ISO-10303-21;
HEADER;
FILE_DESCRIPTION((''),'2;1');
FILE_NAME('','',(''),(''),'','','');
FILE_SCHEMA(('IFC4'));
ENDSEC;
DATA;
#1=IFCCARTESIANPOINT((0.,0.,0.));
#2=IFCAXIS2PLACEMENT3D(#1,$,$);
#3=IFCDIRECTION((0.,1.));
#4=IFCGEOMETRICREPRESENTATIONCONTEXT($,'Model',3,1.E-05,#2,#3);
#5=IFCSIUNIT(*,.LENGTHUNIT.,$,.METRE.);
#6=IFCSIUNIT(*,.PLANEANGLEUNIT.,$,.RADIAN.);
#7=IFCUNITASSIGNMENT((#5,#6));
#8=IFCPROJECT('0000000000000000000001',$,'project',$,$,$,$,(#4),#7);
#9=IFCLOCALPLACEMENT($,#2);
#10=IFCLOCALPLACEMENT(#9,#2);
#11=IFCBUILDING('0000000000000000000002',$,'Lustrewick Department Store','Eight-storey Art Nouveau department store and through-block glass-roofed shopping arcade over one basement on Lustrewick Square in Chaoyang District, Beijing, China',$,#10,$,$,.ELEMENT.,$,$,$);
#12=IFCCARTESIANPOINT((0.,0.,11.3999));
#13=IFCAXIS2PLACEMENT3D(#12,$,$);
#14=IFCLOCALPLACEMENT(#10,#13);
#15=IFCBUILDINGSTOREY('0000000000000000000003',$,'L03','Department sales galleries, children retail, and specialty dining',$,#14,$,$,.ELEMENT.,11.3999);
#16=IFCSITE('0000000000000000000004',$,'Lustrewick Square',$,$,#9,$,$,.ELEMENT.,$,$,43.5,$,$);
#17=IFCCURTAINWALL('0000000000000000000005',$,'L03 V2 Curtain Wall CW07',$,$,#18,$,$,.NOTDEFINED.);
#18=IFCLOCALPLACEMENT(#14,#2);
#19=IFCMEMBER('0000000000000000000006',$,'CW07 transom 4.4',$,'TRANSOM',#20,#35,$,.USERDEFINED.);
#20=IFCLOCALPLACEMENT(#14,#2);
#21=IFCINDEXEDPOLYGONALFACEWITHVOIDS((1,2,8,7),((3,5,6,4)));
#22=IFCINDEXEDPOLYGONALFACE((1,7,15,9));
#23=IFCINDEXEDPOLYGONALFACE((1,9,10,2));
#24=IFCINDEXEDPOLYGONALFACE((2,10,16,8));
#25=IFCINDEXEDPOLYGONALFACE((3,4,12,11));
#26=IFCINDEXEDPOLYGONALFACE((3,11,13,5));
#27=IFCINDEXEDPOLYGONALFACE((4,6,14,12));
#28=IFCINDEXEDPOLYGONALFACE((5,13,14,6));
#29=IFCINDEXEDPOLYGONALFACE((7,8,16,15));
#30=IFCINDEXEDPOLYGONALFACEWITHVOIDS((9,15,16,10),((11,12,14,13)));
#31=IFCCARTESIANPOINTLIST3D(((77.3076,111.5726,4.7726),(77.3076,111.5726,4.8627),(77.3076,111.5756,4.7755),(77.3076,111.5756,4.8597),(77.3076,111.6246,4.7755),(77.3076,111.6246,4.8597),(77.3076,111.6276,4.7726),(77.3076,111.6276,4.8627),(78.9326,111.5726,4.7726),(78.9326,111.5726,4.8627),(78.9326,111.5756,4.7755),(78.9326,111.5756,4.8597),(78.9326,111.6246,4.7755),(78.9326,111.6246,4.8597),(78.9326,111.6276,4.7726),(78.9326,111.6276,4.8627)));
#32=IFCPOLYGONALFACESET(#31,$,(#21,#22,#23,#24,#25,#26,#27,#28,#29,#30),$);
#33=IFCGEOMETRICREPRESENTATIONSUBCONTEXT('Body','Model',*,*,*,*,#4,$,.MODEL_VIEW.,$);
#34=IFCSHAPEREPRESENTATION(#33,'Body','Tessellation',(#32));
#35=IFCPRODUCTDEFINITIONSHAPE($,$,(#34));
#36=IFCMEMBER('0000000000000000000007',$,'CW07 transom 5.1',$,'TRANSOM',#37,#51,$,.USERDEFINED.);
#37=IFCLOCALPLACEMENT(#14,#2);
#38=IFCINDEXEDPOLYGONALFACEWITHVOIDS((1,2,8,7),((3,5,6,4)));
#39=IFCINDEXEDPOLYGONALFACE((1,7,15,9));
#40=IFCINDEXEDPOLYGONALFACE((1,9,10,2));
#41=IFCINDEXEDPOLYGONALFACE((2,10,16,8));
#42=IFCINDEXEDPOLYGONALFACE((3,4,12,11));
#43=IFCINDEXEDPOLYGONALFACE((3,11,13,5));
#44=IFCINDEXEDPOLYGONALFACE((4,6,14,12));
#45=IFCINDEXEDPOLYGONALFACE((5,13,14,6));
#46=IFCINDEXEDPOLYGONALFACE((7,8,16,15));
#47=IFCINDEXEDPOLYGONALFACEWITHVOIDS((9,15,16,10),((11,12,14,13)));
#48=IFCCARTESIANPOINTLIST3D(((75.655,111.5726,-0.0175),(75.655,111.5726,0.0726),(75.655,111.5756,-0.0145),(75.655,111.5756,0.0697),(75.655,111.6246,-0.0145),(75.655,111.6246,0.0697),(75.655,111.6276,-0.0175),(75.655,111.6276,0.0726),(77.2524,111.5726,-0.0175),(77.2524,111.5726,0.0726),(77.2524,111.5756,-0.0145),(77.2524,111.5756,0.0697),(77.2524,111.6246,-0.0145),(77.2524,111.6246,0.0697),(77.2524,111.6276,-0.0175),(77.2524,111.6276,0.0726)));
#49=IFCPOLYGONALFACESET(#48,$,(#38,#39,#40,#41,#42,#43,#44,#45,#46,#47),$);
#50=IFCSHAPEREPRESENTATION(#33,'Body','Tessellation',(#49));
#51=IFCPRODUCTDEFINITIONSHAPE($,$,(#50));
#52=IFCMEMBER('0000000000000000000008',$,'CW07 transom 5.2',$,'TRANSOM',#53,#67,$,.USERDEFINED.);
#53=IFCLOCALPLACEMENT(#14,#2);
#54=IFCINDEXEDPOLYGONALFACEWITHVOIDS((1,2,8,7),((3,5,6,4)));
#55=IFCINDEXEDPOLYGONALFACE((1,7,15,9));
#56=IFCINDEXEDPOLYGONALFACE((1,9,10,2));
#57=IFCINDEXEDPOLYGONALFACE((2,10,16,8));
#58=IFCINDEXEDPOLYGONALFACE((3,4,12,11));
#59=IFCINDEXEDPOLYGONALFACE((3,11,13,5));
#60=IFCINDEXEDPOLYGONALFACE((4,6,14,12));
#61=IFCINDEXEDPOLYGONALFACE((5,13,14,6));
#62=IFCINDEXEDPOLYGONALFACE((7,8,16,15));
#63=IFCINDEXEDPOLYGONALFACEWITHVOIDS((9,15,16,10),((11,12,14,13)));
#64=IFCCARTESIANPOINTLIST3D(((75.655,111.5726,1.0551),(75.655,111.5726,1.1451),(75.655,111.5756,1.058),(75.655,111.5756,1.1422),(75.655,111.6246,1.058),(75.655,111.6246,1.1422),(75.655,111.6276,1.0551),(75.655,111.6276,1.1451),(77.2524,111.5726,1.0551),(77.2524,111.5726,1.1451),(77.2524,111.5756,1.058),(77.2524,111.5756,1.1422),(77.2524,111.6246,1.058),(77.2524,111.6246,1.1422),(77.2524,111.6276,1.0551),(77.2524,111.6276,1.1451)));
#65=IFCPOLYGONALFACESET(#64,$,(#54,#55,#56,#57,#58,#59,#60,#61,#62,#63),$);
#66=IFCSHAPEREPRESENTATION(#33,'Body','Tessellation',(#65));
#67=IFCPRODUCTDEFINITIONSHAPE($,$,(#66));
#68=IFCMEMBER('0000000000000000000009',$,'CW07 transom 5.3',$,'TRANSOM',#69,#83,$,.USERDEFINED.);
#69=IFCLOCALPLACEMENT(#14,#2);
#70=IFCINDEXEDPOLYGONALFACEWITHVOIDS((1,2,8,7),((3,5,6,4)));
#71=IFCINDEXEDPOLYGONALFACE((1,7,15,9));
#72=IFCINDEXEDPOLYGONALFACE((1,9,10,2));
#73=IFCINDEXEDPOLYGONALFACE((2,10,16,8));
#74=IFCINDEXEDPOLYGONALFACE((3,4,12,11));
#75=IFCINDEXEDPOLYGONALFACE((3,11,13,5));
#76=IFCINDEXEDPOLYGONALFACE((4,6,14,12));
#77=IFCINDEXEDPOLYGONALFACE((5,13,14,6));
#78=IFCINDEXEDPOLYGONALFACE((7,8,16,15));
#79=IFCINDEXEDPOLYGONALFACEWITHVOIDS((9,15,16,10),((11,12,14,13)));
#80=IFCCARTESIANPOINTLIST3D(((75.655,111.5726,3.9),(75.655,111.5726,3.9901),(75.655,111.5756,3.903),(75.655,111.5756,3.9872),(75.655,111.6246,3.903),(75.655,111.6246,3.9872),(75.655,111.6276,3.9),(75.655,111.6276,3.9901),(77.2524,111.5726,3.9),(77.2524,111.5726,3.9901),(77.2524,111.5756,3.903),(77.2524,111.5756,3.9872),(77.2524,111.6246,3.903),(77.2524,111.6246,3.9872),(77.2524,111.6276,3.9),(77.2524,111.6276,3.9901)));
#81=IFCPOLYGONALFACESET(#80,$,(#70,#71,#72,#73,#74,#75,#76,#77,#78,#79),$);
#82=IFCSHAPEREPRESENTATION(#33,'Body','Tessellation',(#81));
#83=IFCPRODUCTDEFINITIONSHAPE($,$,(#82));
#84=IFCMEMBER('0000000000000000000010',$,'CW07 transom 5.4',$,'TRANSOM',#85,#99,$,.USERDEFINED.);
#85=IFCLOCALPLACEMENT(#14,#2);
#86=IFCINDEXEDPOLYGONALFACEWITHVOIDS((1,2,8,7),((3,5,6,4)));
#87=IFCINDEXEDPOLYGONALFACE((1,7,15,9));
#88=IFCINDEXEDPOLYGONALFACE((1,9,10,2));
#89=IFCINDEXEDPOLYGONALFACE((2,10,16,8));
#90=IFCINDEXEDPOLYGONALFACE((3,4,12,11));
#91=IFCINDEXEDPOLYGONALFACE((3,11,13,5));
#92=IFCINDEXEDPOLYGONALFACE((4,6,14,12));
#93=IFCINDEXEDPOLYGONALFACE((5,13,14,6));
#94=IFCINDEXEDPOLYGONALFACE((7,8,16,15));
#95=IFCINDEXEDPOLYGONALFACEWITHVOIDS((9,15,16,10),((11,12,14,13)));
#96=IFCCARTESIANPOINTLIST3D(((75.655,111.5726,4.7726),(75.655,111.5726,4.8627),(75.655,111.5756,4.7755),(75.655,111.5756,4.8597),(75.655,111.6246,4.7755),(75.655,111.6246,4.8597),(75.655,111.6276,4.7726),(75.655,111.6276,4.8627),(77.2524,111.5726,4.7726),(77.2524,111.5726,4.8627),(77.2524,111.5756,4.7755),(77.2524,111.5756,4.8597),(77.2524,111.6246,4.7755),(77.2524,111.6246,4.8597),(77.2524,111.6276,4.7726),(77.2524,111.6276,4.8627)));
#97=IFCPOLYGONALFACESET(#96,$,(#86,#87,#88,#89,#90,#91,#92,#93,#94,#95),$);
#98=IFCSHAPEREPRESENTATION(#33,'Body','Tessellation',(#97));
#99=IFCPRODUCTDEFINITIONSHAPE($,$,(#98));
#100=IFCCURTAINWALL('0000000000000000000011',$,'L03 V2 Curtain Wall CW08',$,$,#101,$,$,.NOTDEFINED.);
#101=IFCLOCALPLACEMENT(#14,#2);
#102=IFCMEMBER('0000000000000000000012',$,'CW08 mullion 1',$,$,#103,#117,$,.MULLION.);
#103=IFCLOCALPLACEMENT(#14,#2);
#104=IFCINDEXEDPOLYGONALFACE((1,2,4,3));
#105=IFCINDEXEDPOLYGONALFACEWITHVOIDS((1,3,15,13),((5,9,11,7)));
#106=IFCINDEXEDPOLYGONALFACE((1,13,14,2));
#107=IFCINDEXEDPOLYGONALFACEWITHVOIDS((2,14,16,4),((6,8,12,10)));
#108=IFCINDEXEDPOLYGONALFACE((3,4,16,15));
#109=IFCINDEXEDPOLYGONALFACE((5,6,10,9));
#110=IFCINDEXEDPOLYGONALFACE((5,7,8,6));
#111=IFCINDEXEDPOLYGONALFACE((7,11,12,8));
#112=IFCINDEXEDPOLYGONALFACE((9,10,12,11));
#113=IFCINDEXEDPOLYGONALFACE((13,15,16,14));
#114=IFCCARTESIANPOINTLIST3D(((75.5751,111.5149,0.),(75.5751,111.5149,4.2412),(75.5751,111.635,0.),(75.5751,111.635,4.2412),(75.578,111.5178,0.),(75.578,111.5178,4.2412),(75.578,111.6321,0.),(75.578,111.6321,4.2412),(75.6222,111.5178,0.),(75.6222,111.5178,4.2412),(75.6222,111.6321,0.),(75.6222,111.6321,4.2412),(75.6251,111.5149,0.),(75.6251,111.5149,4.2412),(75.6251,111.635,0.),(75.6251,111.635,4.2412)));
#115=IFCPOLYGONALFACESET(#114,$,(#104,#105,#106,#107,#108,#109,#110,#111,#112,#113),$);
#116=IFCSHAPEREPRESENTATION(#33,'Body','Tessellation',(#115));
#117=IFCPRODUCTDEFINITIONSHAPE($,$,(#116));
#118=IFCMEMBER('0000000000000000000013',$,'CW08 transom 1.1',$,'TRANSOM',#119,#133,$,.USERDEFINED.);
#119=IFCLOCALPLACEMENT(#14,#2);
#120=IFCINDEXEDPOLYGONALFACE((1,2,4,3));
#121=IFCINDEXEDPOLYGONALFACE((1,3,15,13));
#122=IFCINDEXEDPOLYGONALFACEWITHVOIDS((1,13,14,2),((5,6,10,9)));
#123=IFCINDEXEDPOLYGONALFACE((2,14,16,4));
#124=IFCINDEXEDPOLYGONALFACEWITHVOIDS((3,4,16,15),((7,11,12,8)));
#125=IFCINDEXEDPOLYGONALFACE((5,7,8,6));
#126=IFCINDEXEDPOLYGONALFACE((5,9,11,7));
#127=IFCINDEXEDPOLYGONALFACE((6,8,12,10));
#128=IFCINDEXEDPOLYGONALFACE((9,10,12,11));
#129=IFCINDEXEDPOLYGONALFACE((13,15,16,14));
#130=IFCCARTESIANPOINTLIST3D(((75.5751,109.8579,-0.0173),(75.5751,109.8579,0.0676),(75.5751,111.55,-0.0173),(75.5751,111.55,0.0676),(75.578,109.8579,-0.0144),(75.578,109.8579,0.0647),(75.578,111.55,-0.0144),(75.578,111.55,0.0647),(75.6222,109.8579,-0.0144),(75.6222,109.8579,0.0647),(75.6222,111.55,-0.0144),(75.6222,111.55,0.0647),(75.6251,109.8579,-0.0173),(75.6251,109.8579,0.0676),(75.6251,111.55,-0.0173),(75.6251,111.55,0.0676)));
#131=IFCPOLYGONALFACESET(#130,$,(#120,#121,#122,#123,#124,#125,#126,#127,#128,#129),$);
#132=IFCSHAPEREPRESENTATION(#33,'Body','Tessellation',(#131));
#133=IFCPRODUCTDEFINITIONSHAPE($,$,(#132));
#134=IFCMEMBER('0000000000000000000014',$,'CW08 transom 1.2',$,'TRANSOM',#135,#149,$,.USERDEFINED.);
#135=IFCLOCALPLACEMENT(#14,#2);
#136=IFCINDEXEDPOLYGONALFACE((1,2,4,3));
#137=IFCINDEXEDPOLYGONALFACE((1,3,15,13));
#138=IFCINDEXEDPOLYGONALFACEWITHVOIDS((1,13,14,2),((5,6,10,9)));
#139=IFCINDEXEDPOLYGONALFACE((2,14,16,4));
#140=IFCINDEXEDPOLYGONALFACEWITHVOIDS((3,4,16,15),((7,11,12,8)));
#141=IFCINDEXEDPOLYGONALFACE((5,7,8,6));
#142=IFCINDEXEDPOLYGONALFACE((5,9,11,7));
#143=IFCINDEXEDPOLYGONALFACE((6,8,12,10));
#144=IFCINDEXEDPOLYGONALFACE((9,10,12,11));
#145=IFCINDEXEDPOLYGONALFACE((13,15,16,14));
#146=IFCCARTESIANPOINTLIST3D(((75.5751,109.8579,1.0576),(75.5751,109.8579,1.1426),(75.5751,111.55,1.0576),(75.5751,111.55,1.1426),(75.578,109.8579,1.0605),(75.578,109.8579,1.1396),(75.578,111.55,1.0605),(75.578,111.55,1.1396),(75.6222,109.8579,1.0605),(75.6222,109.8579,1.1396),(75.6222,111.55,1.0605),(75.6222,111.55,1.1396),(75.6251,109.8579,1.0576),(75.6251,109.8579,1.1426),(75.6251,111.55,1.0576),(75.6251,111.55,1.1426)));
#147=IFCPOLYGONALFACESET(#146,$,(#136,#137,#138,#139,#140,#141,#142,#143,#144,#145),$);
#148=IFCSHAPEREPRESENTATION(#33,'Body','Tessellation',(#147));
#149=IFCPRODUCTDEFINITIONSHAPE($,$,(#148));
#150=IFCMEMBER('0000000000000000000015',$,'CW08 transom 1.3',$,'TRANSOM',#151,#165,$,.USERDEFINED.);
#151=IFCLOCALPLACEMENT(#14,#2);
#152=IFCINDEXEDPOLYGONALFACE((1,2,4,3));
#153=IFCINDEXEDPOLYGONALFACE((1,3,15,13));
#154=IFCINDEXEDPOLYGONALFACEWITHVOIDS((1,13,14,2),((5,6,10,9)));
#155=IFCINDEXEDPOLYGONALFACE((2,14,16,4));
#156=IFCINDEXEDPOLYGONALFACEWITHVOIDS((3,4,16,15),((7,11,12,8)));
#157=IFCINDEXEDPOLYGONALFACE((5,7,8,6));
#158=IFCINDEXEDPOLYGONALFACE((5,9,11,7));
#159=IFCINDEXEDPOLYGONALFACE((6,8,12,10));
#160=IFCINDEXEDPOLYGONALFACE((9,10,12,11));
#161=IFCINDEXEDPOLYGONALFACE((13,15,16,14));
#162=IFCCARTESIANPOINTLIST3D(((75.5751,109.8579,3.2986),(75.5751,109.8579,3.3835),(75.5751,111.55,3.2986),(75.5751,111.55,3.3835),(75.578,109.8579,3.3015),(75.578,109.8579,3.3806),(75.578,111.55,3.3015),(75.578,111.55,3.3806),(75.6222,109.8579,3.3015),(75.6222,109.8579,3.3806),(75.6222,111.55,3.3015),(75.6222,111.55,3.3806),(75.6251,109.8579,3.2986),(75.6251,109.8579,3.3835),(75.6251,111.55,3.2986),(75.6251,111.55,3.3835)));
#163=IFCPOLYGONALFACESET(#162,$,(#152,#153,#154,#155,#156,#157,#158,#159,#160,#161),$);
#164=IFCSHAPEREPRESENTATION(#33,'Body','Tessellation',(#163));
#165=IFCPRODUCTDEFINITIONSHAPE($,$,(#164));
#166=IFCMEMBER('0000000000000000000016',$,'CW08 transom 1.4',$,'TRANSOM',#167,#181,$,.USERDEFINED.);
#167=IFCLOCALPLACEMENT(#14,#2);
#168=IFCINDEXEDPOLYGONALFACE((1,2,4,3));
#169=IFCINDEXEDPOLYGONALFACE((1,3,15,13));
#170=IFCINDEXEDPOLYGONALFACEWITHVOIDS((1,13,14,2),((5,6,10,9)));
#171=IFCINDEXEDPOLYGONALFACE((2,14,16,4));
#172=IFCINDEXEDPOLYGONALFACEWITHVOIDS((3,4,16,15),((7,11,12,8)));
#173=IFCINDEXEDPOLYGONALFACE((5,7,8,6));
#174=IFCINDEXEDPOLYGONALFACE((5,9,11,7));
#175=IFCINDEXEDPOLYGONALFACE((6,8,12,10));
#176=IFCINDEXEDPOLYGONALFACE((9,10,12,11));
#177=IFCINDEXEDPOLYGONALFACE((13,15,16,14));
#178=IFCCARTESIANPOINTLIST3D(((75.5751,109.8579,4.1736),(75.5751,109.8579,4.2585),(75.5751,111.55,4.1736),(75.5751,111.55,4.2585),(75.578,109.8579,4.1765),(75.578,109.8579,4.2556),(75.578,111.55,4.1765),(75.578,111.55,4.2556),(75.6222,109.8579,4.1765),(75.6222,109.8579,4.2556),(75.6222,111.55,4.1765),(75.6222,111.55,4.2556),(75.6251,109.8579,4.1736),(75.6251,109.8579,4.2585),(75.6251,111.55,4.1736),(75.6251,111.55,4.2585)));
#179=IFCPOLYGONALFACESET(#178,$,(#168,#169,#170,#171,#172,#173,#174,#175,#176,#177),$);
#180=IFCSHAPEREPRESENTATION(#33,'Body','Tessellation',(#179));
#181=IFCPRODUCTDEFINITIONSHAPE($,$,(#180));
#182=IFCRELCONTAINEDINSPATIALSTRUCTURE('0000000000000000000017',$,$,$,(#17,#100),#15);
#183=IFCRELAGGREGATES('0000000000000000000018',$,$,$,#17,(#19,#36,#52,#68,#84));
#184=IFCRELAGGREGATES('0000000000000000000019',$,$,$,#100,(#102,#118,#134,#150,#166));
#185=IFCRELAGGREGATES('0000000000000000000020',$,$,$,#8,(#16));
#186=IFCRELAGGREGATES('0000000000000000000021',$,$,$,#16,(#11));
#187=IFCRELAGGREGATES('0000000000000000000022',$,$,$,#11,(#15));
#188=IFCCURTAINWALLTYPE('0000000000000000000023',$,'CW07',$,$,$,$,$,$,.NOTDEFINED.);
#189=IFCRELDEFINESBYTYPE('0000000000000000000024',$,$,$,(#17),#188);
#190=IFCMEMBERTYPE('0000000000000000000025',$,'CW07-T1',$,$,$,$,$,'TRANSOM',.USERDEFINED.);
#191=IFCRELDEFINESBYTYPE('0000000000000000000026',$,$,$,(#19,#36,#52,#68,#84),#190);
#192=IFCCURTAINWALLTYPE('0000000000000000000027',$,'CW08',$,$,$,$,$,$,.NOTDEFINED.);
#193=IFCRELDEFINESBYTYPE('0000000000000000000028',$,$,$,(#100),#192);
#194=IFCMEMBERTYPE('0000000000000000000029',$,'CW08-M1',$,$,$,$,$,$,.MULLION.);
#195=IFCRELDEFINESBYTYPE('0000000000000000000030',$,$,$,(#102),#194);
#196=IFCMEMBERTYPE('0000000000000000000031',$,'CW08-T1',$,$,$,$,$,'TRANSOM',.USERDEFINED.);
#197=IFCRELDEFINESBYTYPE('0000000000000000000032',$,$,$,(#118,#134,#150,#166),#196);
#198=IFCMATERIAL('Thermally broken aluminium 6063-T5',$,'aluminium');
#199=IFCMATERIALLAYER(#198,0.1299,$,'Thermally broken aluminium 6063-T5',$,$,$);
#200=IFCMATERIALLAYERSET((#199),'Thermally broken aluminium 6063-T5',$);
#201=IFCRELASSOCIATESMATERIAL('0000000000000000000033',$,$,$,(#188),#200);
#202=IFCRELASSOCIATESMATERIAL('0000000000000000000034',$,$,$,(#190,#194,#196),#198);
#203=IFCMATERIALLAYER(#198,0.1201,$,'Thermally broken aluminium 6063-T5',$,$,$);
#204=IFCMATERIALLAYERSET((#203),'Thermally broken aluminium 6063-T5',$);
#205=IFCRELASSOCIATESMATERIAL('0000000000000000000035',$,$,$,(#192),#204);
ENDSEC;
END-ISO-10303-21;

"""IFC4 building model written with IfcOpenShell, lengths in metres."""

from ifc_helpers import new_model, si_unit, direction, frame, origin, origin_2d, place, context, subcontext, project, spatial, hollow_rectangle, extrude, material, layer, layer_set, material_profile, profile_set, type_object, element, aggregate, save


model = new_model("IFC4")

# Units and contexts
model_context = context("Model", 3, precision=1e-05, world=origin(), true_north=direction((0.0, 1.0)))
body_context = subcontext(model_context, "Body", "Model", "MODEL_VIEW")
ifc_project = project(units=[si_unit("LENGTHUNIT", "METRE"), si_unit("PLANEANGLEUNIT", "RADIAN")], contexts=[model_context])

# Site, building, storey
site_placement = place(None, origin())
site = spatial("IfcSite", under=ifc_project, at=site_placement, Name="Lustrewick Square", CompositionType="ELEMENT", RefElevation=43.5)
building_placement = place(site_placement, origin())
building = spatial("IfcBuilding", under=site, at=building_placement, Name="Lustrewick Department Store", Description="Eight-storey Art Nouveau department store and through-block glass-roofed shopping arcade over one basement on Lustrewick Square in Chaoyang District, Beijing, China", CompositionType="ELEMENT")
storey_placement = place(building_placement, frame((0.0, 0.0, 11.3999)))
storey = spatial("IfcBuildingStorey", under=building, at=storey_placement, Name="L03", Description="Department sales galleries, children retail, and specialty dining", CompositionType="ELEMENT", Elevation=11.3999)

# Curtain walls, members
ifc_material_1 = material(Name="Thermally broken aluminium 6063-T5", Category="aluminium")
ifc_layer_1 = layer(ifc_material_1, 0.1299, Name="Thermally broken aluminium 6063-T5")
ifc_layer_set_1 = layer_set([ifc_layer_1], Name="Thermally broken aluminium 6063-T5")
curtain_wall_type_1 = type_object("IfcCurtainWallType", Name="CW07", PredefinedType="NOTDEFINED", material=ifc_layer_set_1)
curtain_wall_1_placement = place(storey_placement, origin())
curtain_wall_1 = element("IfcCurtainWall", 1, at=curtain_wall_1_placement, inside=storey, type_object=curtain_wall_type_1, Name="L03 V2 Curtain Wall CW07", PredefinedType="NOTDEFINED")
ifc_material_profile_1 = material_profile(ifc_material_1, hollow_rectangle(XDim=0.0549, YDim=0.0901, WallThickness=0.0029, at=origin_2d()), Name="ALU-T 55x90x3")
ifc_profile_set_1 = profile_set([ifc_material_profile_1], Name="Thermally broken aluminium 6063-T5")
member_type_1 = type_object("IfcMemberType", Name="CW07-T1", ElementType="TRANSOM", PredefinedType="USERDEFINED", material=ifc_profile_set_1)
member_1_placement = place(storey_placement, frame((78.9326, 111.6001, 4.8176), z_axis=(-1.0, 0.0, 0.0), x_axis=(0.0, -1.0, 0.0)))
member_1 = element("IfcMember", 2, at=member_1_placement, type_object=member_type_1, Name="CW07 transom 4.4", ObjectType="TRANSOM", PredefinedType="USERDEFINED", context=body_context, shape_type="SweptSolid", body=[
    extrude(hollow_rectangle(XDim=0.0549, YDim=0.0901, WallThickness=0.0029, at=origin_2d()), origin(), (0.0, 0.0, 1.0), 1.625),
])
member_2_placement = place(storey_placement, frame((77.2524, 111.6001, 0.0276), z_axis=(-1.0, 0.0, 0.0), x_axis=(0.0, -1.0, 0.0)))
member_2 = element("IfcMember", 3, at=member_2_placement, type_object=member_type_1, Name="CW07 transom 5.1", ObjectType="TRANSOM", PredefinedType="USERDEFINED", context=body_context, shape_type="SweptSolid", body=[
    extrude(hollow_rectangle(XDim=0.0549, YDim=0.0901, WallThickness=0.0029, at=origin_2d()), origin(), (0.0, 0.0, 1.0), 1.5974),
])
member_3_placement = place(storey_placement, frame((77.2524, 111.6001, 1.1001), z_axis=(-1.0, 0.0, 0.0), x_axis=(0.0, -1.0, 0.0)))
member_3 = element("IfcMember", 4, at=member_3_placement, type_object=member_type_1, Name="CW07 transom 5.2", ObjectType="TRANSOM", PredefinedType="USERDEFINED", context=body_context, shape_type="SweptSolid", body=[
    extrude(hollow_rectangle(XDim=0.0549, YDim=0.0901, WallThickness=0.0029, at=origin_2d()), origin(), (0.0, 0.0, 1.0), 1.5974),
])
member_4_placement = place(storey_placement, frame((77.2524, 111.6001, 3.9451), z_axis=(-1.0, 0.0, 0.0), x_axis=(0.0, -1.0, 0.0)))
member_4 = element("IfcMember", 5, at=member_4_placement, type_object=member_type_1, Name="CW07 transom 5.3", ObjectType="TRANSOM", PredefinedType="USERDEFINED", context=body_context, shape_type="SweptSolid", body=[
    extrude(hollow_rectangle(XDim=0.0549, YDim=0.0901, WallThickness=0.0029, at=origin_2d()), origin(), (0.0, 0.0, 1.0), 1.5974),
])
member_5_placement = place(storey_placement, frame((77.2524, 111.6001, 4.8176), z_axis=(-1.0, 0.0, 0.0), x_axis=(0.0, -1.0, 0.0)))
member_5 = element("IfcMember", 6, at=member_5_placement, type_object=member_type_1, Name="CW07 transom 5.4", ObjectType="TRANSOM", PredefinedType="USERDEFINED", context=body_context, shape_type="SweptSolid", body=[
    extrude(hollow_rectangle(XDim=0.0549, YDim=0.0901, WallThickness=0.0029, at=origin_2d()), origin(), (0.0, 0.0, 1.0), 1.5974),
])
ifc_layer_2 = layer(ifc_material_1, 0.1201, Name="Thermally broken aluminium 6063-T5")
ifc_layer_set_2 = layer_set([ifc_layer_2], Name="Thermally broken aluminium 6063-T5")
curtain_wall_type_2 = type_object("IfcCurtainWallType", Name="CW08", PredefinedType="NOTDEFINED", material=ifc_layer_set_2)
curtain_wall_2_placement = place(storey_placement, origin())
curtain_wall_2 = element("IfcCurtainWall", 7, at=curtain_wall_2_placement, inside=storey, type_object=curtain_wall_type_2, Name="L03 V2 Curtain Wall CW08", PredefinedType="NOTDEFINED")
ifc_material_profile_2 = material_profile(ifc_material_1, hollow_rectangle(XDim=0.05, YDim=0.1201, WallThickness=0.0029, at=origin_2d()), Name="ALU-M 50x120x3")
ifc_profile_set_2 = profile_set([ifc_material_profile_2], Name="Thermally broken aluminium 6063-T5")
member_type_2 = type_object("IfcMemberType", Name="CW08-M1", PredefinedType="MULLION", material=ifc_profile_set_2)
member_6_placement = place(storey_placement, frame((75.6001, 111.575, 0.0), z_axis=(0.0, 0.0, 1.0), x_axis=(1.0, 0.0, 0.0)))
member_6 = element("IfcMember", 8, at=member_6_placement, type_object=member_type_2, Name="CW08 mullion 1", PredefinedType="MULLION", context=body_context, shape_type="SweptSolid", body=[
    extrude(hollow_rectangle(XDim=0.05, YDim=0.1201, WallThickness=0.0029, at=origin_2d()), origin(), (0.0, 0.0, 1.0), 4.2412),
])
ifc_material_profile_3 = material_profile(ifc_material_1, hollow_rectangle(XDim=0.05, YDim=0.085, WallThickness=0.0029, at=origin_2d()), Name="ALU-T 50x85x3")
ifc_profile_set_3 = profile_set([ifc_material_profile_3], Name="Thermally broken aluminium 6063-T5")
member_type_3 = type_object("IfcMemberType", Name="CW08-T1", ElementType="TRANSOM", PredefinedType="USERDEFINED", material=ifc_profile_set_3)
member_7_placement = place(storey_placement, frame((75.6001, 111.55, 0.0251), z_axis=(0.0, -1.0, 0.0), x_axis=(1.0, 0.0, 0.0)))
member_7 = element("IfcMember", 9, at=member_7_placement, type_object=member_type_3, Name="CW08 transom 1.1", ObjectType="TRANSOM", PredefinedType="USERDEFINED", context=body_context, shape_type="SweptSolid", body=[
    extrude(hollow_rectangle(XDim=0.05, YDim=0.085, WallThickness=0.0029, at=origin_2d()), origin(), (0.0, 0.0, 1.0), 1.6921),
])
member_8_placement = place(storey_placement, frame((75.6001, 111.55, 1.1001), z_axis=(0.0, -1.0, 0.0), x_axis=(1.0, 0.0, 0.0)))
member_8 = element("IfcMember", 10, at=member_8_placement, type_object=member_type_3, Name="CW08 transom 1.2", ObjectType="TRANSOM", PredefinedType="USERDEFINED", context=body_context, shape_type="SweptSolid", body=[
    extrude(hollow_rectangle(XDim=0.05, YDim=0.085, WallThickness=0.0029, at=origin_2d()), origin(), (0.0, 0.0, 1.0), 1.6921),
])
member_9_placement = place(storey_placement, frame((75.6001, 111.55, 3.3411), z_axis=(0.0, -1.0, 0.0), x_axis=(1.0, 0.0, 0.0)))
member_9 = element("IfcMember", 11, at=member_9_placement, type_object=member_type_3, Name="CW08 transom 1.3", ObjectType="TRANSOM", PredefinedType="USERDEFINED", context=body_context, shape_type="SweptSolid", body=[
    extrude(hollow_rectangle(XDim=0.05, YDim=0.085, WallThickness=0.0029, at=origin_2d()), origin(), (0.0, 0.0, 1.0), 1.6921),
])
member_10_placement = place(storey_placement, frame((75.6001, 111.55, 4.2161), z_axis=(0.0, -1.0, 0.0), x_axis=(1.0, 0.0, 0.0)))
member_10 = element("IfcMember", 12, at=member_10_placement, type_object=member_type_3, Name="CW08 transom 1.4", ObjectType="TRANSOM", PredefinedType="USERDEFINED", context=body_context, shape_type="SweptSolid", body=[
    extrude(hollow_rectangle(XDim=0.05, YDim=0.085, WallThickness=0.0029, at=origin_2d()), origin(), (0.0, 0.0, 1.0), 1.6921),
])

aggregate(curtain_wall_1, [member_1, member_2, member_3, member_4, member_5])
aggregate(curtain_wall_2, [member_6, member_7, member_8, member_9, member_10])

save(model, "model.ifc")
